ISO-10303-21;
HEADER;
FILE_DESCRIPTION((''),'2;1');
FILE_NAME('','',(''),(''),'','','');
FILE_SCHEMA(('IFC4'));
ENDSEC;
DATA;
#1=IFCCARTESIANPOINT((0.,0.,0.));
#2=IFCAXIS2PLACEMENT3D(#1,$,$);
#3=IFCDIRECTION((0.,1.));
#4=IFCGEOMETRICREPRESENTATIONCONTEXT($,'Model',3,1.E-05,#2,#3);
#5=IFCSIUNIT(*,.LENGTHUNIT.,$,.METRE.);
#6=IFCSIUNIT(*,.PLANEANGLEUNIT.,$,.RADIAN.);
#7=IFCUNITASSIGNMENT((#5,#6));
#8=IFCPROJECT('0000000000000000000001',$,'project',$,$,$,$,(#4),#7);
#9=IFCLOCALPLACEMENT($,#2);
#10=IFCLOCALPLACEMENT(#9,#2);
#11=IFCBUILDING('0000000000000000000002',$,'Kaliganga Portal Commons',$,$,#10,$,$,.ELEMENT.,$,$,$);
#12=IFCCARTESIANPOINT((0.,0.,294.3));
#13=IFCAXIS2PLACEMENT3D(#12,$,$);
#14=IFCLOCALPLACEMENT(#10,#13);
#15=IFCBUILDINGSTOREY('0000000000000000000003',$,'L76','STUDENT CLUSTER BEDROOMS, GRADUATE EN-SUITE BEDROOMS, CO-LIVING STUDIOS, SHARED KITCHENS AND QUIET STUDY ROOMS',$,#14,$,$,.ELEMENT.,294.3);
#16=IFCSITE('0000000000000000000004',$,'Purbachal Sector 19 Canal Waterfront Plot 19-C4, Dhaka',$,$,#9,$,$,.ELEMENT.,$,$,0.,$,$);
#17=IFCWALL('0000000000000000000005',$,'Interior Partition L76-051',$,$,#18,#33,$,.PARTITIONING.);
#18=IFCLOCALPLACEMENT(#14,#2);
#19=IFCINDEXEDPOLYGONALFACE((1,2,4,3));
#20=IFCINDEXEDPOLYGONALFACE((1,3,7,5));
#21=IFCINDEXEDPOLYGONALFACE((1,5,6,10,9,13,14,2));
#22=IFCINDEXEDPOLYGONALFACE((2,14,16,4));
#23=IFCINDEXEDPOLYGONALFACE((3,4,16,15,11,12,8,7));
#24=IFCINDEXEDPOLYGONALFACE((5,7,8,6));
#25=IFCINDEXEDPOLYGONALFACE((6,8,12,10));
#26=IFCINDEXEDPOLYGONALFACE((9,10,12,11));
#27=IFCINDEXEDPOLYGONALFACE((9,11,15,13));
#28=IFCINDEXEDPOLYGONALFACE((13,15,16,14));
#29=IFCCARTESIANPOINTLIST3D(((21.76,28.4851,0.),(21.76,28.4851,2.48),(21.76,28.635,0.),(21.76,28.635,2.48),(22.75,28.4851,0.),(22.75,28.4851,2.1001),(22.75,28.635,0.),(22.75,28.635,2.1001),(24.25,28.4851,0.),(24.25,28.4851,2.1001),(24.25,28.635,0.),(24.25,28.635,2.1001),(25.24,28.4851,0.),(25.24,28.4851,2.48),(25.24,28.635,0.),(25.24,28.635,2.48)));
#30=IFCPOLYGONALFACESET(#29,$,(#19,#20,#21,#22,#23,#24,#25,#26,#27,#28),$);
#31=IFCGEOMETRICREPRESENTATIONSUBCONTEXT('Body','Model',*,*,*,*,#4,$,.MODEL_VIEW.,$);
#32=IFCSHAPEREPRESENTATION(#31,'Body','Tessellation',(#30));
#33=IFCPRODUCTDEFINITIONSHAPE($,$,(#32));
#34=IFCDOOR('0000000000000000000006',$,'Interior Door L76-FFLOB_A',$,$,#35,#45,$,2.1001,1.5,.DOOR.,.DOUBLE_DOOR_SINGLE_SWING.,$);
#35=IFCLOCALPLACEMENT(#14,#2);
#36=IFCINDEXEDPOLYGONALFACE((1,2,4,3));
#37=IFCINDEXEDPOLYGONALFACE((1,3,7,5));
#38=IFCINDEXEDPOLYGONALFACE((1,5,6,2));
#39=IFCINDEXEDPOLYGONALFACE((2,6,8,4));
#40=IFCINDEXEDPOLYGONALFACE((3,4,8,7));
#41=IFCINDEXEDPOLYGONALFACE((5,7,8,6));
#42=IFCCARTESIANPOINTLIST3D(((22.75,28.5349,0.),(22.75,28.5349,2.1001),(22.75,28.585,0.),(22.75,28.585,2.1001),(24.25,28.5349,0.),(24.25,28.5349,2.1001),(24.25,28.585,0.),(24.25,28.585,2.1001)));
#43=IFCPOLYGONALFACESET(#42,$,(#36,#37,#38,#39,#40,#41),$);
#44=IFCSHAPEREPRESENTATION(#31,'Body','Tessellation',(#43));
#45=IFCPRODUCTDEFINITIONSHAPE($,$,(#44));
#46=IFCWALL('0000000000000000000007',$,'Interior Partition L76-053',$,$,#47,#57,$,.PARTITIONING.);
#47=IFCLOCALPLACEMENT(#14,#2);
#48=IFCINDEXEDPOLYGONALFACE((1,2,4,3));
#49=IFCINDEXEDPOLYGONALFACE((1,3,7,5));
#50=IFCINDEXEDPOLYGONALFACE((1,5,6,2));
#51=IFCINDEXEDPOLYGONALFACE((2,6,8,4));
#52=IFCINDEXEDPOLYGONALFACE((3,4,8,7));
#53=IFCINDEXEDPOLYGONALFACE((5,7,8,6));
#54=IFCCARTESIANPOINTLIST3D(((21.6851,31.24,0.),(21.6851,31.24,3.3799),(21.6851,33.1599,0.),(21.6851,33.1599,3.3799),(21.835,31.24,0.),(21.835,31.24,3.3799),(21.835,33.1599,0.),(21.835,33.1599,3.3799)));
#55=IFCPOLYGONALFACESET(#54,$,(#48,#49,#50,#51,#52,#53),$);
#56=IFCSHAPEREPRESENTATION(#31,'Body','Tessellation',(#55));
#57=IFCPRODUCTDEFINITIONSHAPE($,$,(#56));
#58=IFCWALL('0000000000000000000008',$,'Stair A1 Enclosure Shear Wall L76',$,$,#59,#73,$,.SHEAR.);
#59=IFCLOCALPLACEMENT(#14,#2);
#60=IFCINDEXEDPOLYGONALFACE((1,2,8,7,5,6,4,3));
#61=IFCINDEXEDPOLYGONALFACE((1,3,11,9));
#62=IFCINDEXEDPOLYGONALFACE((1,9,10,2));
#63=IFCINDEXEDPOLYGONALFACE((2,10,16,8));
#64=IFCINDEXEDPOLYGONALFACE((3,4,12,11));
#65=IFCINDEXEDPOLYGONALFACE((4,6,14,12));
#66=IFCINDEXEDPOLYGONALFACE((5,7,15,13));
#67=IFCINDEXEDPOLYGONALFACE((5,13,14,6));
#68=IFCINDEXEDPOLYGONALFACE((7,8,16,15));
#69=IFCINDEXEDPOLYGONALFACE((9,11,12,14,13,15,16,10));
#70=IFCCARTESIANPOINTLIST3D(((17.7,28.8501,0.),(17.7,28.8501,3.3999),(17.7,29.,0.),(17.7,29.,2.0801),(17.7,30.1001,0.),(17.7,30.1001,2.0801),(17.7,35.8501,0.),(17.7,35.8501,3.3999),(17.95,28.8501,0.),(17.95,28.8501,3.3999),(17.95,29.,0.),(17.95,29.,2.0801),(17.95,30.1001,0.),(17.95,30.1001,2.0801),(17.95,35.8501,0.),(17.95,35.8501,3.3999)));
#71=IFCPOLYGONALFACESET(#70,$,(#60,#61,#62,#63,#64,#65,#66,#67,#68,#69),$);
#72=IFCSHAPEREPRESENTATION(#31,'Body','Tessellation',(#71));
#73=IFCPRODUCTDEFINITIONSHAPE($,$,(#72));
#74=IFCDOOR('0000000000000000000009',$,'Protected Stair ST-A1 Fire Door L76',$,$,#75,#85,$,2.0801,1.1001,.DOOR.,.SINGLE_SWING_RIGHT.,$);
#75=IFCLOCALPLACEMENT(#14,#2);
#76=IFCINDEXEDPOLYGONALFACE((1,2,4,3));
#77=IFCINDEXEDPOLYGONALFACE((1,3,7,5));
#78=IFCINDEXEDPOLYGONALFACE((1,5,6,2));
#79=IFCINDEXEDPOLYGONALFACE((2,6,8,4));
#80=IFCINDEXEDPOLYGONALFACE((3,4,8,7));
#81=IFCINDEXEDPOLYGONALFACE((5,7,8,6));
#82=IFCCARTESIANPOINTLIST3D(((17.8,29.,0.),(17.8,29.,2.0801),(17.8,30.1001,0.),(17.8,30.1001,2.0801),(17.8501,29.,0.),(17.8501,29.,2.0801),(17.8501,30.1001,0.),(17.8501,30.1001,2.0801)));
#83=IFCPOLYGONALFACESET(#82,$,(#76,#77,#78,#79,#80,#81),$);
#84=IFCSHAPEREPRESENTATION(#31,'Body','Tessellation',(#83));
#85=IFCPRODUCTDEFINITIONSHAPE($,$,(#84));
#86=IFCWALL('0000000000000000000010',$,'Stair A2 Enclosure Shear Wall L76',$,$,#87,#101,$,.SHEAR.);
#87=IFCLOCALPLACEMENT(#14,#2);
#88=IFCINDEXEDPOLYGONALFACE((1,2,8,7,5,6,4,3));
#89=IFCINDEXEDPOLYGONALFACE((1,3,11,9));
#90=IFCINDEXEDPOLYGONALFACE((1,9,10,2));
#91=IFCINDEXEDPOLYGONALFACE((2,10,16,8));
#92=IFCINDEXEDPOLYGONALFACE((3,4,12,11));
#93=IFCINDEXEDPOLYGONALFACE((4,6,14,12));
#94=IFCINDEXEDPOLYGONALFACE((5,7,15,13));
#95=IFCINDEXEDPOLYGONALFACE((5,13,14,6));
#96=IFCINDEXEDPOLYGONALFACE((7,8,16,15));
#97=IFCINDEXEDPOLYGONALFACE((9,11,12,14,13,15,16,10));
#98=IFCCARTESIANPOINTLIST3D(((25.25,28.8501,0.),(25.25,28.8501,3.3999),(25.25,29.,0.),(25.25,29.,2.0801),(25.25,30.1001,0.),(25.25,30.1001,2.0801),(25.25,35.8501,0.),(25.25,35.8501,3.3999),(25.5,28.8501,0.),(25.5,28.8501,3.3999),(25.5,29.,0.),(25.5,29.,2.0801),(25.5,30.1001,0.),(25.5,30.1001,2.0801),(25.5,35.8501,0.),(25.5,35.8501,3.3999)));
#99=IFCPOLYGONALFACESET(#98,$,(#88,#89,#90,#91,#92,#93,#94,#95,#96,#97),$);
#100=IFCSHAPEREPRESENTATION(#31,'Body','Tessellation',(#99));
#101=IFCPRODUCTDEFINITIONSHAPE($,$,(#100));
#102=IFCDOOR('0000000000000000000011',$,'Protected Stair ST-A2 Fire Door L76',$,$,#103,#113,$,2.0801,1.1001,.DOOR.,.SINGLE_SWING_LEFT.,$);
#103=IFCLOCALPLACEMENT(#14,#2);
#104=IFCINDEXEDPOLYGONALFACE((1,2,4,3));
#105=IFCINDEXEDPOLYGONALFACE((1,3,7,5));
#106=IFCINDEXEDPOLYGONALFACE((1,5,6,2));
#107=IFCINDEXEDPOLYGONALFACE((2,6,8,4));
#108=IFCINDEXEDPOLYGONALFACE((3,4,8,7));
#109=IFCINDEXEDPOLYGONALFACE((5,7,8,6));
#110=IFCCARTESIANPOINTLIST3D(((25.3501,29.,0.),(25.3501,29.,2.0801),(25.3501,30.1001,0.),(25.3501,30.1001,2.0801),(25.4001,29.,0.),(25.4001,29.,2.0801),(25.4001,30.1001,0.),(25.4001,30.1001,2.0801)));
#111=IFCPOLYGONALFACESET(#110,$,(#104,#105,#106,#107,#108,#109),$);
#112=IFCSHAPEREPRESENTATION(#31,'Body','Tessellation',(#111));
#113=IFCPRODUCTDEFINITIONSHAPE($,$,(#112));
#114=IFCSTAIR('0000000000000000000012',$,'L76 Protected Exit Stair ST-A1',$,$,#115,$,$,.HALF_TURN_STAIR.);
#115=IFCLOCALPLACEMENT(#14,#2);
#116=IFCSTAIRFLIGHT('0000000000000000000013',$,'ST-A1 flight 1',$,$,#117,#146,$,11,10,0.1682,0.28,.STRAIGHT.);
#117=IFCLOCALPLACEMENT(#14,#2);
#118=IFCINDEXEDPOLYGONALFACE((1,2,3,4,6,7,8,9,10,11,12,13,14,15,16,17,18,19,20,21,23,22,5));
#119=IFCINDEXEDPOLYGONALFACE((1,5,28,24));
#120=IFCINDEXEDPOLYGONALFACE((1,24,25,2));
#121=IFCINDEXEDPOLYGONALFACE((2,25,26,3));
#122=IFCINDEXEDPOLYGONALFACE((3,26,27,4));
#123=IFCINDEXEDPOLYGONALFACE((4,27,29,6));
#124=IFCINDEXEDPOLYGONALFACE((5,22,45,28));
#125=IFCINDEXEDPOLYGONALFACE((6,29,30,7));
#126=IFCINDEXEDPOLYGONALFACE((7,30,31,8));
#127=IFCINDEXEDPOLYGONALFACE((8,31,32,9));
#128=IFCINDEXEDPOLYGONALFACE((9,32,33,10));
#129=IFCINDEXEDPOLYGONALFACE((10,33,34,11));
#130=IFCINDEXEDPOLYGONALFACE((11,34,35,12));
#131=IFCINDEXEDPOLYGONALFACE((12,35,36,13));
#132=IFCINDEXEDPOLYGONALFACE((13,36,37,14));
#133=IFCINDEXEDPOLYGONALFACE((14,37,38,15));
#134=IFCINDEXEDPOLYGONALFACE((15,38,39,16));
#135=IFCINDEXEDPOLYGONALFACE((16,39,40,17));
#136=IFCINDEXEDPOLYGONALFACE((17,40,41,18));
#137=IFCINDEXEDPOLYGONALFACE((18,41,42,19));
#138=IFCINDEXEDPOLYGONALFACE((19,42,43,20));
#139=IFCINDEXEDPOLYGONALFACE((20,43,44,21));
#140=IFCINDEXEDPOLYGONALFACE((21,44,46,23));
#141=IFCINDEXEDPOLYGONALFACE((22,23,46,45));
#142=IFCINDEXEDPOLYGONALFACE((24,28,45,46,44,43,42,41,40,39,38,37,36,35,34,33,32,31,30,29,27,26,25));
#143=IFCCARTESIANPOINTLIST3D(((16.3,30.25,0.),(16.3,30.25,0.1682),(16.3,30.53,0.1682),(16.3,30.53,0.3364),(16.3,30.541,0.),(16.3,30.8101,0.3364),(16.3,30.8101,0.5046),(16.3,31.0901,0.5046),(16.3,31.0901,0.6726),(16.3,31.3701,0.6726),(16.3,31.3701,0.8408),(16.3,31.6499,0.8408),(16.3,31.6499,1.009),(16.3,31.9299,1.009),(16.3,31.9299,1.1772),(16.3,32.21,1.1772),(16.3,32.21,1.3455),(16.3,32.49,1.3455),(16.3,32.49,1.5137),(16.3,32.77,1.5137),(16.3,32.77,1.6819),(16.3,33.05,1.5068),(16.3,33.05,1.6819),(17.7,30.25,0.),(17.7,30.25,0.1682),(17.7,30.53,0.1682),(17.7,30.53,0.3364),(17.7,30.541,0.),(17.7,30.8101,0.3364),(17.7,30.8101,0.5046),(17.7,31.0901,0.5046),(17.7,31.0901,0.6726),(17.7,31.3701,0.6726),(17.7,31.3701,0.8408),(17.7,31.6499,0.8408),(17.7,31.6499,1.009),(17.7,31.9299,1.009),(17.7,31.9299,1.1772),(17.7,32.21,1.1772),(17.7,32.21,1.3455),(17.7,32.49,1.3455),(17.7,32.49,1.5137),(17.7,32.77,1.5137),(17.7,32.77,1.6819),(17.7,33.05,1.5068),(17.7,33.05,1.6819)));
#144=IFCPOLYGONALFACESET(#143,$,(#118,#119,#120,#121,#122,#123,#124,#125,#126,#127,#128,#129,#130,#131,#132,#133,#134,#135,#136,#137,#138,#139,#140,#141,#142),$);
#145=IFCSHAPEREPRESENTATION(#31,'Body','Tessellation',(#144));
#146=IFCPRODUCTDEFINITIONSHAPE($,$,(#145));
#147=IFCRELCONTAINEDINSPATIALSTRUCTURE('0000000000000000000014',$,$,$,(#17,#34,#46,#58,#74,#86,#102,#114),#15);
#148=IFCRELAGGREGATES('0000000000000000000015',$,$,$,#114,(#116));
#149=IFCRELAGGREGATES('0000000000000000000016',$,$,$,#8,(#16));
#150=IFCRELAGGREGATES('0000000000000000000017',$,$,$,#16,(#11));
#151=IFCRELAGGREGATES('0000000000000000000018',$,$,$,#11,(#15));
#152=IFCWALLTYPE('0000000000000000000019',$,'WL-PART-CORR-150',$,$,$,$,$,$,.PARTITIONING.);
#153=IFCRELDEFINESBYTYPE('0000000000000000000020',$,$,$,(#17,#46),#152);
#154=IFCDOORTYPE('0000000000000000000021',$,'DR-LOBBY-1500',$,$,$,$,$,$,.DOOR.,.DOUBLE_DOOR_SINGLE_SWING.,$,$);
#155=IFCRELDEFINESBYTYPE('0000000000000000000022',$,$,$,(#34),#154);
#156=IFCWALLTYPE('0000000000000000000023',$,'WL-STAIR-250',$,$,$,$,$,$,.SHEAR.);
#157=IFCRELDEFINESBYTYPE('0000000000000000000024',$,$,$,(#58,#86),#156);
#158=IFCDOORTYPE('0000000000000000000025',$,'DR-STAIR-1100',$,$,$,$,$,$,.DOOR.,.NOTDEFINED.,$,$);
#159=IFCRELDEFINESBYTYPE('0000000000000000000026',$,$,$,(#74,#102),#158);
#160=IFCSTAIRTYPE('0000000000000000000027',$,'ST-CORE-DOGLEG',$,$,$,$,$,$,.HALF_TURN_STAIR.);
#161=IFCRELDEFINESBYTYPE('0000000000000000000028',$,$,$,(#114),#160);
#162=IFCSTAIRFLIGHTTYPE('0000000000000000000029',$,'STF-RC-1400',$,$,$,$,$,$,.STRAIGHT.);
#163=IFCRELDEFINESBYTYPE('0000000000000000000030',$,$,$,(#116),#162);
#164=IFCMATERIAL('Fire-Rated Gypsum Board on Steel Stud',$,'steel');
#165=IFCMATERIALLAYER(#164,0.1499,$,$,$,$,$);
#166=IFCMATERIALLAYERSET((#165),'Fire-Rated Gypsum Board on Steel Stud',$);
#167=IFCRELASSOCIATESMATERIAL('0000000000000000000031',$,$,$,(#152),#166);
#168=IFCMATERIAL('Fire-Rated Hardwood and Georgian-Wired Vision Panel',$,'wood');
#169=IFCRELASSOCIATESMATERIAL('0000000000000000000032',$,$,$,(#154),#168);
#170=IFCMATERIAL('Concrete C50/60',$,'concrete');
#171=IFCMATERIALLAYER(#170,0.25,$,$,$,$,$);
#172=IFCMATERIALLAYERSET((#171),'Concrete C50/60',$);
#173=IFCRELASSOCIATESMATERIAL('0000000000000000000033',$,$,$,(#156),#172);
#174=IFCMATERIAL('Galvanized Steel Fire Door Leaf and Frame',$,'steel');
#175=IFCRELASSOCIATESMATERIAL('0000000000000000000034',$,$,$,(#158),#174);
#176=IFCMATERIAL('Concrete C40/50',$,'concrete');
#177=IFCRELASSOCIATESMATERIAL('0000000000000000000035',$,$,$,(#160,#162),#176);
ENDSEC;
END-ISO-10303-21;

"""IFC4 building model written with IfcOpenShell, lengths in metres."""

from ifc_helpers import new_model, si_unit, direction, frame, frame_2d, origin, place, context, subcontext, project, spatial, polyline, rectangle, outline, extrude, material, layer, layer_set, type_object, element, fill, aggregate, save


model = new_model("IFC4")

# Units and contexts
model_context = context("Model", 3, precision=1e-05, world=origin(), true_north=direction((0.0, 1.0)))
body_context = subcontext(model_context, "Body", "Model", "MODEL_VIEW")
ifc_project = project(units=[si_unit("LENGTHUNIT", "METRE"), si_unit("PLANEANGLEUNIT", "RADIAN")], contexts=[model_context])

# Site, building, storey
site_placement = place(None, origin())
site = spatial("IfcSite", under=ifc_project, at=site_placement, Name="Purbachal Sector 19 Canal Waterfront Plot 19-C4, Dhaka", CompositionType="ELEMENT", RefElevation=0.0)
building_placement = place(site_placement, origin())
building = spatial("IfcBuilding", under=site, at=building_placement, Name="Kaliganga Portal Commons", CompositionType="ELEMENT")
storey_placement = place(building_placement, frame((0.0, 0.0, 294.3)))
storey = spatial("IfcBuildingStorey", under=building, at=storey_placement, Name="L76", Description="STUDENT CLUSTER BEDROOMS, GRADUATE EN-SUITE BEDROOMS, CO-LIVING STUDIOS, SHARED KITCHENS AND QUIET STUDY ROOMS", CompositionType="ELEMENT", Elevation=294.3)

# Shared definitions
ifc_material_1 = material(Name="Concrete C50/60", Category="concrete")

# Shared definitions
ifc_material_2 = material(Name="Fire-Rated Gypsum Board on Steel Stud", Category="steel")
ifc_layer_1 = layer(ifc_material_2, 0.1499)
ifc_layer_set_1 = layer_set([ifc_layer_1], Name="Fire-Rated Gypsum Board on Steel Stud")
wall_type_1 = type_object("IfcWallType", Name="WL-PART-CORR-150", PredefinedType="PARTITIONING", material=ifc_layer_set_1)

# Wall, opening, door
wall_1_placement = place(storey_placement, frame((21.76, 28.5601, 0.0), z_axis=(0.0, 0.0, 1.0), x_axis=(1.0, 0.0, 0.0)))
wall_1 = element("IfcWall", 1, at=wall_1_placement, inside=storey, type_object=wall_type_1, Name="Interior Partition L76-051", PredefinedType="PARTITIONING", context=body_context, shape_type="SweptSolid", body=[
    extrude(rectangle(XDim=3.48, YDim=0.1499, at=frame_2d((1.74, 0.0))), origin(), (0.0, 0.0, 1.0), 2.48),
])
opening_1_placement = place(wall_1_placement, frame((0.99, 0.0, 0.0)))
opening_1 = element("IfcOpeningElement", 2, at=opening_1_placement, cuts=wall_1, PredefinedType="OPENING", context=body_context, shape_type="SweptSolid", body=[
    extrude(rectangle(XDim=1.5, YDim=2.1001, at=frame_2d((0.75, 1.05))), frame((0.0, 0.085, 0.0), z_axis=(0.0, -1.0, 0.0), x_axis=(1.0, 0.0, 0.0)), (0.0, 0.0, 1.0), 0.1699),
])
ifc_material_3 = material(Name="Fire-Rated Hardwood and Georgian-Wired Vision Panel", Category="wood")
door_type_1 = type_object("IfcDoorType", Name="DR-LOBBY-1500", OperationType="DOUBLE_DOOR_SINGLE_SWING", PredefinedType="DOOR", material=ifc_material_3)
door_1_placement = place(opening_1_placement, origin())
door_1 = element("IfcDoor", 3, at=door_1_placement, inside=storey, type_object=door_type_1, Name="Interior Door L76-FFLOB_A", OperationType="DOUBLE_DOOR_SINGLE_SWING", OverallHeight=2.1001, OverallWidth=1.5, PredefinedType="DOOR", context=body_context, shape_type="SweptSolid", body=[
    extrude(rectangle(XDim=1.5, YDim=2.1001, at=frame_2d((0.75, 1.05))), frame((0.0, 0.0249, 0.0), z_axis=(0.0, -1.0, 0.0), x_axis=(1.0, 0.0, 0.0)), (0.0, 0.0, 1.0), 0.05),
])
fill(opening_1, door_1)

# Wall
wall_2_placement = place(storey_placement, frame((21.76, 31.24, 0.0), z_axis=(0.0, 0.0, 1.0), x_axis=(0.0, 1.0, 0.0)))
element("IfcWall", 4, at=wall_2_placement, inside=storey, type_object=wall_type_1, Name="Interior Partition L76-053", PredefinedType="PARTITIONING", context=body_context, shape_type="SweptSolid", body=[
    extrude(rectangle(XDim=1.9199, YDim=0.1499, at=frame_2d((0.96, 0.0))), origin(), (0.0, 0.0, 1.0), 3.3799),
])

# Walls, openings, doors
ifc_layer_2 = layer(ifc_material_1, 0.25)
ifc_layer_set_2 = layer_set([ifc_layer_2], Name="Concrete C50/60")
wall_type_2 = type_object("IfcWallType", Name="WL-STAIR-250", PredefinedType="SHEAR", material=ifc_layer_set_2)
wall_3_placement = place(storey_placement, frame((17.825, 28.8501, 0.0), z_axis=(0.0, 0.0, 1.0), x_axis=(0.0, 1.0, 0.0)))
wall_3 = element("IfcWall", 5, at=wall_3_placement, inside=storey, type_object=wall_type_2, Name="Stair A1 Enclosure Shear Wall L76", PredefinedType="SHEAR", context=body_context, shape_type="SweptSolid", body=[
    extrude(rectangle(XDim=7.0, YDim=0.25, at=frame_2d((3.5, 0.0))), origin(), (0.0, 0.0, 1.0), 3.3999),
])
opening_2_placement = place(wall_3_placement, frame((0.1499, 0.0, 0.0)))
opening_2 = element("IfcOpeningElement", 6, at=opening_2_placement, cuts=wall_3, PredefinedType="OPENING", context=body_context, shape_type="SweptSolid", body=[
    extrude(rectangle(XDim=1.1001, YDim=2.0801, at=frame_2d((0.55, 1.04))), frame((0.0, 0.135, 0.0), z_axis=(0.0, -1.0, 0.0), x_axis=(1.0, 0.0, 0.0)), (0.0, 0.0, 1.0), 0.27),
])
ifc_material_4 = material(Name="Galvanized Steel Fire Door Leaf and Frame", Category="steel")
door_type_2 = type_object("IfcDoorType", Name="DR-STAIR-1100", OperationType="NOTDEFINED", PredefinedType="DOOR", material=ifc_material_4)
door_2_placement = place(opening_2_placement, origin())
door_2 = element("IfcDoor", 7, at=door_2_placement, inside=storey, type_object=door_type_2, Name="Protected Stair ST-A1 Fire Door L76", OperationType="SINGLE_SWING_RIGHT", OverallHeight=2.0801, OverallWidth=1.1001, PredefinedType="DOOR", context=body_context, shape_type="SweptSolid", body=[
    extrude(rectangle(XDim=1.1001, YDim=2.0801, at=frame_2d((0.55, 1.04))), frame((0.0, 0.0249, 0.0), z_axis=(0.0, -1.0, 0.0), x_axis=(1.0, 0.0, 0.0)), (0.0, 0.0, 1.0), 0.05),
])
fill(opening_2, door_2)
wall_4_placement = place(storey_placement, frame((25.375, 28.8501, 0.0), z_axis=(0.0, 0.0, 1.0), x_axis=(0.0, 1.0, 0.0)))
wall_4 = element("IfcWall", 8, at=wall_4_placement, inside=storey, type_object=wall_type_2, Name="Stair A2 Enclosure Shear Wall L76", PredefinedType="SHEAR", context=body_context, shape_type="SweptSolid", body=[
    extrude(rectangle(XDim=7.0, YDim=0.25, at=frame_2d((3.5, 0.0))), origin(), (0.0, 0.0, 1.0), 3.3999),
])
opening_3_placement = place(wall_4_placement, frame((0.1499, 0.0, 0.0)))
opening_3 = element("IfcOpeningElement", 9, at=opening_3_placement, cuts=wall_4, PredefinedType="OPENING", context=body_context, shape_type="SweptSolid", body=[
    extrude(rectangle(XDim=1.1001, YDim=2.0801, at=frame_2d((0.55, 1.04))), frame((0.0, 0.135, 0.0), z_axis=(0.0, -1.0, 0.0), x_axis=(1.0, 0.0, 0.0)), (0.0, 0.0, 1.0), 0.27),
])
door_3_placement = place(opening_3_placement, origin())
door_3 = element("IfcDoor", 10, at=door_3_placement, inside=storey, type_object=door_type_2, Name="Protected Stair ST-A2 Fire Door L76", OperationType="SINGLE_SWING_LEFT", OverallHeight=2.0801, OverallWidth=1.1001, PredefinedType="DOOR", context=body_context, shape_type="SweptSolid", body=[
    extrude(rectangle(XDim=1.1001, YDim=2.0801, at=frame_2d((0.55, 1.04))), frame((0.0, 0.0249, 0.0), z_axis=(0.0, -1.0, 0.0), x_axis=(1.0, 0.0, 0.0)), (0.0, 0.0, 1.0), 0.05),
])
fill(opening_3, door_3)

# Stair, stair flight
ifc_material_5 = material(Name="Concrete C40/50", Category="concrete")
stair_type = type_object("IfcStairType", Name="ST-CORE-DOGLEG", PredefinedType="HALF_TURN_STAIR", material=ifc_material_5)
stair_placement = place(storey_placement, origin())
stair = element("IfcStair", 11, at=stair_placement, inside=storey, type_object=stair_type, Name="L76 Protected Exit Stair ST-A1", PredefinedType="HALF_TURN_STAIR")
stair_flight_type = type_object("IfcStairFlightType", Name="STF-RC-1400", PredefinedType="STRAIGHT", material=ifc_material_5)
stair_flight_placement = place(storey_placement, frame((17.0, 30.25, 0.0), z_axis=(0.0, 0.0, 1.0), x_axis=(0.0, 1.0, 0.0)))
stair_flight = element("IfcStairFlight", 12, at=stair_flight_placement, type_object=stair_flight_type, Name="ST-A1 flight 1", NumberOfRisers=11, NumberOfTreads=10, PredefinedType="STRAIGHT", RiserHeight=0.1682, TreadLength=0.28, context=body_context, shape_type="SweptSolid", body=[
    extrude(outline(polyline([(0.0, 0.0), (0.0, 0.1682), (0.28, 0.1682), (0.28, 0.3364), (0.5601, 0.3364), (0.5601, 0.5046), (0.8401, 0.5046), (0.8401, 0.6726), (1.1201, 0.6726), (1.1201, 0.8408), (1.3999, 0.8408), (1.3999, 1.009), (1.6799, 1.009), (1.6799, 1.1772), (1.96, 1.1772), (1.96, 1.3455), (2.24, 1.3455), (2.24, 1.5137), (2.52, 1.5137), (2.52, 1.6819), (2.8, 1.6819), (2.8, 1.8501), (2.8, 1.5068), (0.291, 0.0), (0.0, 0.0)])), frame((0.0, 0.7, 0.0), z_axis=(0.0, -1.0, 0.0), x_axis=(1.0, 0.0, 0.0)), (0.0, 0.0, 1.0), 1.3999),
])
aggregate(stair, [stair_flight])

save(model, "model.ifc")
